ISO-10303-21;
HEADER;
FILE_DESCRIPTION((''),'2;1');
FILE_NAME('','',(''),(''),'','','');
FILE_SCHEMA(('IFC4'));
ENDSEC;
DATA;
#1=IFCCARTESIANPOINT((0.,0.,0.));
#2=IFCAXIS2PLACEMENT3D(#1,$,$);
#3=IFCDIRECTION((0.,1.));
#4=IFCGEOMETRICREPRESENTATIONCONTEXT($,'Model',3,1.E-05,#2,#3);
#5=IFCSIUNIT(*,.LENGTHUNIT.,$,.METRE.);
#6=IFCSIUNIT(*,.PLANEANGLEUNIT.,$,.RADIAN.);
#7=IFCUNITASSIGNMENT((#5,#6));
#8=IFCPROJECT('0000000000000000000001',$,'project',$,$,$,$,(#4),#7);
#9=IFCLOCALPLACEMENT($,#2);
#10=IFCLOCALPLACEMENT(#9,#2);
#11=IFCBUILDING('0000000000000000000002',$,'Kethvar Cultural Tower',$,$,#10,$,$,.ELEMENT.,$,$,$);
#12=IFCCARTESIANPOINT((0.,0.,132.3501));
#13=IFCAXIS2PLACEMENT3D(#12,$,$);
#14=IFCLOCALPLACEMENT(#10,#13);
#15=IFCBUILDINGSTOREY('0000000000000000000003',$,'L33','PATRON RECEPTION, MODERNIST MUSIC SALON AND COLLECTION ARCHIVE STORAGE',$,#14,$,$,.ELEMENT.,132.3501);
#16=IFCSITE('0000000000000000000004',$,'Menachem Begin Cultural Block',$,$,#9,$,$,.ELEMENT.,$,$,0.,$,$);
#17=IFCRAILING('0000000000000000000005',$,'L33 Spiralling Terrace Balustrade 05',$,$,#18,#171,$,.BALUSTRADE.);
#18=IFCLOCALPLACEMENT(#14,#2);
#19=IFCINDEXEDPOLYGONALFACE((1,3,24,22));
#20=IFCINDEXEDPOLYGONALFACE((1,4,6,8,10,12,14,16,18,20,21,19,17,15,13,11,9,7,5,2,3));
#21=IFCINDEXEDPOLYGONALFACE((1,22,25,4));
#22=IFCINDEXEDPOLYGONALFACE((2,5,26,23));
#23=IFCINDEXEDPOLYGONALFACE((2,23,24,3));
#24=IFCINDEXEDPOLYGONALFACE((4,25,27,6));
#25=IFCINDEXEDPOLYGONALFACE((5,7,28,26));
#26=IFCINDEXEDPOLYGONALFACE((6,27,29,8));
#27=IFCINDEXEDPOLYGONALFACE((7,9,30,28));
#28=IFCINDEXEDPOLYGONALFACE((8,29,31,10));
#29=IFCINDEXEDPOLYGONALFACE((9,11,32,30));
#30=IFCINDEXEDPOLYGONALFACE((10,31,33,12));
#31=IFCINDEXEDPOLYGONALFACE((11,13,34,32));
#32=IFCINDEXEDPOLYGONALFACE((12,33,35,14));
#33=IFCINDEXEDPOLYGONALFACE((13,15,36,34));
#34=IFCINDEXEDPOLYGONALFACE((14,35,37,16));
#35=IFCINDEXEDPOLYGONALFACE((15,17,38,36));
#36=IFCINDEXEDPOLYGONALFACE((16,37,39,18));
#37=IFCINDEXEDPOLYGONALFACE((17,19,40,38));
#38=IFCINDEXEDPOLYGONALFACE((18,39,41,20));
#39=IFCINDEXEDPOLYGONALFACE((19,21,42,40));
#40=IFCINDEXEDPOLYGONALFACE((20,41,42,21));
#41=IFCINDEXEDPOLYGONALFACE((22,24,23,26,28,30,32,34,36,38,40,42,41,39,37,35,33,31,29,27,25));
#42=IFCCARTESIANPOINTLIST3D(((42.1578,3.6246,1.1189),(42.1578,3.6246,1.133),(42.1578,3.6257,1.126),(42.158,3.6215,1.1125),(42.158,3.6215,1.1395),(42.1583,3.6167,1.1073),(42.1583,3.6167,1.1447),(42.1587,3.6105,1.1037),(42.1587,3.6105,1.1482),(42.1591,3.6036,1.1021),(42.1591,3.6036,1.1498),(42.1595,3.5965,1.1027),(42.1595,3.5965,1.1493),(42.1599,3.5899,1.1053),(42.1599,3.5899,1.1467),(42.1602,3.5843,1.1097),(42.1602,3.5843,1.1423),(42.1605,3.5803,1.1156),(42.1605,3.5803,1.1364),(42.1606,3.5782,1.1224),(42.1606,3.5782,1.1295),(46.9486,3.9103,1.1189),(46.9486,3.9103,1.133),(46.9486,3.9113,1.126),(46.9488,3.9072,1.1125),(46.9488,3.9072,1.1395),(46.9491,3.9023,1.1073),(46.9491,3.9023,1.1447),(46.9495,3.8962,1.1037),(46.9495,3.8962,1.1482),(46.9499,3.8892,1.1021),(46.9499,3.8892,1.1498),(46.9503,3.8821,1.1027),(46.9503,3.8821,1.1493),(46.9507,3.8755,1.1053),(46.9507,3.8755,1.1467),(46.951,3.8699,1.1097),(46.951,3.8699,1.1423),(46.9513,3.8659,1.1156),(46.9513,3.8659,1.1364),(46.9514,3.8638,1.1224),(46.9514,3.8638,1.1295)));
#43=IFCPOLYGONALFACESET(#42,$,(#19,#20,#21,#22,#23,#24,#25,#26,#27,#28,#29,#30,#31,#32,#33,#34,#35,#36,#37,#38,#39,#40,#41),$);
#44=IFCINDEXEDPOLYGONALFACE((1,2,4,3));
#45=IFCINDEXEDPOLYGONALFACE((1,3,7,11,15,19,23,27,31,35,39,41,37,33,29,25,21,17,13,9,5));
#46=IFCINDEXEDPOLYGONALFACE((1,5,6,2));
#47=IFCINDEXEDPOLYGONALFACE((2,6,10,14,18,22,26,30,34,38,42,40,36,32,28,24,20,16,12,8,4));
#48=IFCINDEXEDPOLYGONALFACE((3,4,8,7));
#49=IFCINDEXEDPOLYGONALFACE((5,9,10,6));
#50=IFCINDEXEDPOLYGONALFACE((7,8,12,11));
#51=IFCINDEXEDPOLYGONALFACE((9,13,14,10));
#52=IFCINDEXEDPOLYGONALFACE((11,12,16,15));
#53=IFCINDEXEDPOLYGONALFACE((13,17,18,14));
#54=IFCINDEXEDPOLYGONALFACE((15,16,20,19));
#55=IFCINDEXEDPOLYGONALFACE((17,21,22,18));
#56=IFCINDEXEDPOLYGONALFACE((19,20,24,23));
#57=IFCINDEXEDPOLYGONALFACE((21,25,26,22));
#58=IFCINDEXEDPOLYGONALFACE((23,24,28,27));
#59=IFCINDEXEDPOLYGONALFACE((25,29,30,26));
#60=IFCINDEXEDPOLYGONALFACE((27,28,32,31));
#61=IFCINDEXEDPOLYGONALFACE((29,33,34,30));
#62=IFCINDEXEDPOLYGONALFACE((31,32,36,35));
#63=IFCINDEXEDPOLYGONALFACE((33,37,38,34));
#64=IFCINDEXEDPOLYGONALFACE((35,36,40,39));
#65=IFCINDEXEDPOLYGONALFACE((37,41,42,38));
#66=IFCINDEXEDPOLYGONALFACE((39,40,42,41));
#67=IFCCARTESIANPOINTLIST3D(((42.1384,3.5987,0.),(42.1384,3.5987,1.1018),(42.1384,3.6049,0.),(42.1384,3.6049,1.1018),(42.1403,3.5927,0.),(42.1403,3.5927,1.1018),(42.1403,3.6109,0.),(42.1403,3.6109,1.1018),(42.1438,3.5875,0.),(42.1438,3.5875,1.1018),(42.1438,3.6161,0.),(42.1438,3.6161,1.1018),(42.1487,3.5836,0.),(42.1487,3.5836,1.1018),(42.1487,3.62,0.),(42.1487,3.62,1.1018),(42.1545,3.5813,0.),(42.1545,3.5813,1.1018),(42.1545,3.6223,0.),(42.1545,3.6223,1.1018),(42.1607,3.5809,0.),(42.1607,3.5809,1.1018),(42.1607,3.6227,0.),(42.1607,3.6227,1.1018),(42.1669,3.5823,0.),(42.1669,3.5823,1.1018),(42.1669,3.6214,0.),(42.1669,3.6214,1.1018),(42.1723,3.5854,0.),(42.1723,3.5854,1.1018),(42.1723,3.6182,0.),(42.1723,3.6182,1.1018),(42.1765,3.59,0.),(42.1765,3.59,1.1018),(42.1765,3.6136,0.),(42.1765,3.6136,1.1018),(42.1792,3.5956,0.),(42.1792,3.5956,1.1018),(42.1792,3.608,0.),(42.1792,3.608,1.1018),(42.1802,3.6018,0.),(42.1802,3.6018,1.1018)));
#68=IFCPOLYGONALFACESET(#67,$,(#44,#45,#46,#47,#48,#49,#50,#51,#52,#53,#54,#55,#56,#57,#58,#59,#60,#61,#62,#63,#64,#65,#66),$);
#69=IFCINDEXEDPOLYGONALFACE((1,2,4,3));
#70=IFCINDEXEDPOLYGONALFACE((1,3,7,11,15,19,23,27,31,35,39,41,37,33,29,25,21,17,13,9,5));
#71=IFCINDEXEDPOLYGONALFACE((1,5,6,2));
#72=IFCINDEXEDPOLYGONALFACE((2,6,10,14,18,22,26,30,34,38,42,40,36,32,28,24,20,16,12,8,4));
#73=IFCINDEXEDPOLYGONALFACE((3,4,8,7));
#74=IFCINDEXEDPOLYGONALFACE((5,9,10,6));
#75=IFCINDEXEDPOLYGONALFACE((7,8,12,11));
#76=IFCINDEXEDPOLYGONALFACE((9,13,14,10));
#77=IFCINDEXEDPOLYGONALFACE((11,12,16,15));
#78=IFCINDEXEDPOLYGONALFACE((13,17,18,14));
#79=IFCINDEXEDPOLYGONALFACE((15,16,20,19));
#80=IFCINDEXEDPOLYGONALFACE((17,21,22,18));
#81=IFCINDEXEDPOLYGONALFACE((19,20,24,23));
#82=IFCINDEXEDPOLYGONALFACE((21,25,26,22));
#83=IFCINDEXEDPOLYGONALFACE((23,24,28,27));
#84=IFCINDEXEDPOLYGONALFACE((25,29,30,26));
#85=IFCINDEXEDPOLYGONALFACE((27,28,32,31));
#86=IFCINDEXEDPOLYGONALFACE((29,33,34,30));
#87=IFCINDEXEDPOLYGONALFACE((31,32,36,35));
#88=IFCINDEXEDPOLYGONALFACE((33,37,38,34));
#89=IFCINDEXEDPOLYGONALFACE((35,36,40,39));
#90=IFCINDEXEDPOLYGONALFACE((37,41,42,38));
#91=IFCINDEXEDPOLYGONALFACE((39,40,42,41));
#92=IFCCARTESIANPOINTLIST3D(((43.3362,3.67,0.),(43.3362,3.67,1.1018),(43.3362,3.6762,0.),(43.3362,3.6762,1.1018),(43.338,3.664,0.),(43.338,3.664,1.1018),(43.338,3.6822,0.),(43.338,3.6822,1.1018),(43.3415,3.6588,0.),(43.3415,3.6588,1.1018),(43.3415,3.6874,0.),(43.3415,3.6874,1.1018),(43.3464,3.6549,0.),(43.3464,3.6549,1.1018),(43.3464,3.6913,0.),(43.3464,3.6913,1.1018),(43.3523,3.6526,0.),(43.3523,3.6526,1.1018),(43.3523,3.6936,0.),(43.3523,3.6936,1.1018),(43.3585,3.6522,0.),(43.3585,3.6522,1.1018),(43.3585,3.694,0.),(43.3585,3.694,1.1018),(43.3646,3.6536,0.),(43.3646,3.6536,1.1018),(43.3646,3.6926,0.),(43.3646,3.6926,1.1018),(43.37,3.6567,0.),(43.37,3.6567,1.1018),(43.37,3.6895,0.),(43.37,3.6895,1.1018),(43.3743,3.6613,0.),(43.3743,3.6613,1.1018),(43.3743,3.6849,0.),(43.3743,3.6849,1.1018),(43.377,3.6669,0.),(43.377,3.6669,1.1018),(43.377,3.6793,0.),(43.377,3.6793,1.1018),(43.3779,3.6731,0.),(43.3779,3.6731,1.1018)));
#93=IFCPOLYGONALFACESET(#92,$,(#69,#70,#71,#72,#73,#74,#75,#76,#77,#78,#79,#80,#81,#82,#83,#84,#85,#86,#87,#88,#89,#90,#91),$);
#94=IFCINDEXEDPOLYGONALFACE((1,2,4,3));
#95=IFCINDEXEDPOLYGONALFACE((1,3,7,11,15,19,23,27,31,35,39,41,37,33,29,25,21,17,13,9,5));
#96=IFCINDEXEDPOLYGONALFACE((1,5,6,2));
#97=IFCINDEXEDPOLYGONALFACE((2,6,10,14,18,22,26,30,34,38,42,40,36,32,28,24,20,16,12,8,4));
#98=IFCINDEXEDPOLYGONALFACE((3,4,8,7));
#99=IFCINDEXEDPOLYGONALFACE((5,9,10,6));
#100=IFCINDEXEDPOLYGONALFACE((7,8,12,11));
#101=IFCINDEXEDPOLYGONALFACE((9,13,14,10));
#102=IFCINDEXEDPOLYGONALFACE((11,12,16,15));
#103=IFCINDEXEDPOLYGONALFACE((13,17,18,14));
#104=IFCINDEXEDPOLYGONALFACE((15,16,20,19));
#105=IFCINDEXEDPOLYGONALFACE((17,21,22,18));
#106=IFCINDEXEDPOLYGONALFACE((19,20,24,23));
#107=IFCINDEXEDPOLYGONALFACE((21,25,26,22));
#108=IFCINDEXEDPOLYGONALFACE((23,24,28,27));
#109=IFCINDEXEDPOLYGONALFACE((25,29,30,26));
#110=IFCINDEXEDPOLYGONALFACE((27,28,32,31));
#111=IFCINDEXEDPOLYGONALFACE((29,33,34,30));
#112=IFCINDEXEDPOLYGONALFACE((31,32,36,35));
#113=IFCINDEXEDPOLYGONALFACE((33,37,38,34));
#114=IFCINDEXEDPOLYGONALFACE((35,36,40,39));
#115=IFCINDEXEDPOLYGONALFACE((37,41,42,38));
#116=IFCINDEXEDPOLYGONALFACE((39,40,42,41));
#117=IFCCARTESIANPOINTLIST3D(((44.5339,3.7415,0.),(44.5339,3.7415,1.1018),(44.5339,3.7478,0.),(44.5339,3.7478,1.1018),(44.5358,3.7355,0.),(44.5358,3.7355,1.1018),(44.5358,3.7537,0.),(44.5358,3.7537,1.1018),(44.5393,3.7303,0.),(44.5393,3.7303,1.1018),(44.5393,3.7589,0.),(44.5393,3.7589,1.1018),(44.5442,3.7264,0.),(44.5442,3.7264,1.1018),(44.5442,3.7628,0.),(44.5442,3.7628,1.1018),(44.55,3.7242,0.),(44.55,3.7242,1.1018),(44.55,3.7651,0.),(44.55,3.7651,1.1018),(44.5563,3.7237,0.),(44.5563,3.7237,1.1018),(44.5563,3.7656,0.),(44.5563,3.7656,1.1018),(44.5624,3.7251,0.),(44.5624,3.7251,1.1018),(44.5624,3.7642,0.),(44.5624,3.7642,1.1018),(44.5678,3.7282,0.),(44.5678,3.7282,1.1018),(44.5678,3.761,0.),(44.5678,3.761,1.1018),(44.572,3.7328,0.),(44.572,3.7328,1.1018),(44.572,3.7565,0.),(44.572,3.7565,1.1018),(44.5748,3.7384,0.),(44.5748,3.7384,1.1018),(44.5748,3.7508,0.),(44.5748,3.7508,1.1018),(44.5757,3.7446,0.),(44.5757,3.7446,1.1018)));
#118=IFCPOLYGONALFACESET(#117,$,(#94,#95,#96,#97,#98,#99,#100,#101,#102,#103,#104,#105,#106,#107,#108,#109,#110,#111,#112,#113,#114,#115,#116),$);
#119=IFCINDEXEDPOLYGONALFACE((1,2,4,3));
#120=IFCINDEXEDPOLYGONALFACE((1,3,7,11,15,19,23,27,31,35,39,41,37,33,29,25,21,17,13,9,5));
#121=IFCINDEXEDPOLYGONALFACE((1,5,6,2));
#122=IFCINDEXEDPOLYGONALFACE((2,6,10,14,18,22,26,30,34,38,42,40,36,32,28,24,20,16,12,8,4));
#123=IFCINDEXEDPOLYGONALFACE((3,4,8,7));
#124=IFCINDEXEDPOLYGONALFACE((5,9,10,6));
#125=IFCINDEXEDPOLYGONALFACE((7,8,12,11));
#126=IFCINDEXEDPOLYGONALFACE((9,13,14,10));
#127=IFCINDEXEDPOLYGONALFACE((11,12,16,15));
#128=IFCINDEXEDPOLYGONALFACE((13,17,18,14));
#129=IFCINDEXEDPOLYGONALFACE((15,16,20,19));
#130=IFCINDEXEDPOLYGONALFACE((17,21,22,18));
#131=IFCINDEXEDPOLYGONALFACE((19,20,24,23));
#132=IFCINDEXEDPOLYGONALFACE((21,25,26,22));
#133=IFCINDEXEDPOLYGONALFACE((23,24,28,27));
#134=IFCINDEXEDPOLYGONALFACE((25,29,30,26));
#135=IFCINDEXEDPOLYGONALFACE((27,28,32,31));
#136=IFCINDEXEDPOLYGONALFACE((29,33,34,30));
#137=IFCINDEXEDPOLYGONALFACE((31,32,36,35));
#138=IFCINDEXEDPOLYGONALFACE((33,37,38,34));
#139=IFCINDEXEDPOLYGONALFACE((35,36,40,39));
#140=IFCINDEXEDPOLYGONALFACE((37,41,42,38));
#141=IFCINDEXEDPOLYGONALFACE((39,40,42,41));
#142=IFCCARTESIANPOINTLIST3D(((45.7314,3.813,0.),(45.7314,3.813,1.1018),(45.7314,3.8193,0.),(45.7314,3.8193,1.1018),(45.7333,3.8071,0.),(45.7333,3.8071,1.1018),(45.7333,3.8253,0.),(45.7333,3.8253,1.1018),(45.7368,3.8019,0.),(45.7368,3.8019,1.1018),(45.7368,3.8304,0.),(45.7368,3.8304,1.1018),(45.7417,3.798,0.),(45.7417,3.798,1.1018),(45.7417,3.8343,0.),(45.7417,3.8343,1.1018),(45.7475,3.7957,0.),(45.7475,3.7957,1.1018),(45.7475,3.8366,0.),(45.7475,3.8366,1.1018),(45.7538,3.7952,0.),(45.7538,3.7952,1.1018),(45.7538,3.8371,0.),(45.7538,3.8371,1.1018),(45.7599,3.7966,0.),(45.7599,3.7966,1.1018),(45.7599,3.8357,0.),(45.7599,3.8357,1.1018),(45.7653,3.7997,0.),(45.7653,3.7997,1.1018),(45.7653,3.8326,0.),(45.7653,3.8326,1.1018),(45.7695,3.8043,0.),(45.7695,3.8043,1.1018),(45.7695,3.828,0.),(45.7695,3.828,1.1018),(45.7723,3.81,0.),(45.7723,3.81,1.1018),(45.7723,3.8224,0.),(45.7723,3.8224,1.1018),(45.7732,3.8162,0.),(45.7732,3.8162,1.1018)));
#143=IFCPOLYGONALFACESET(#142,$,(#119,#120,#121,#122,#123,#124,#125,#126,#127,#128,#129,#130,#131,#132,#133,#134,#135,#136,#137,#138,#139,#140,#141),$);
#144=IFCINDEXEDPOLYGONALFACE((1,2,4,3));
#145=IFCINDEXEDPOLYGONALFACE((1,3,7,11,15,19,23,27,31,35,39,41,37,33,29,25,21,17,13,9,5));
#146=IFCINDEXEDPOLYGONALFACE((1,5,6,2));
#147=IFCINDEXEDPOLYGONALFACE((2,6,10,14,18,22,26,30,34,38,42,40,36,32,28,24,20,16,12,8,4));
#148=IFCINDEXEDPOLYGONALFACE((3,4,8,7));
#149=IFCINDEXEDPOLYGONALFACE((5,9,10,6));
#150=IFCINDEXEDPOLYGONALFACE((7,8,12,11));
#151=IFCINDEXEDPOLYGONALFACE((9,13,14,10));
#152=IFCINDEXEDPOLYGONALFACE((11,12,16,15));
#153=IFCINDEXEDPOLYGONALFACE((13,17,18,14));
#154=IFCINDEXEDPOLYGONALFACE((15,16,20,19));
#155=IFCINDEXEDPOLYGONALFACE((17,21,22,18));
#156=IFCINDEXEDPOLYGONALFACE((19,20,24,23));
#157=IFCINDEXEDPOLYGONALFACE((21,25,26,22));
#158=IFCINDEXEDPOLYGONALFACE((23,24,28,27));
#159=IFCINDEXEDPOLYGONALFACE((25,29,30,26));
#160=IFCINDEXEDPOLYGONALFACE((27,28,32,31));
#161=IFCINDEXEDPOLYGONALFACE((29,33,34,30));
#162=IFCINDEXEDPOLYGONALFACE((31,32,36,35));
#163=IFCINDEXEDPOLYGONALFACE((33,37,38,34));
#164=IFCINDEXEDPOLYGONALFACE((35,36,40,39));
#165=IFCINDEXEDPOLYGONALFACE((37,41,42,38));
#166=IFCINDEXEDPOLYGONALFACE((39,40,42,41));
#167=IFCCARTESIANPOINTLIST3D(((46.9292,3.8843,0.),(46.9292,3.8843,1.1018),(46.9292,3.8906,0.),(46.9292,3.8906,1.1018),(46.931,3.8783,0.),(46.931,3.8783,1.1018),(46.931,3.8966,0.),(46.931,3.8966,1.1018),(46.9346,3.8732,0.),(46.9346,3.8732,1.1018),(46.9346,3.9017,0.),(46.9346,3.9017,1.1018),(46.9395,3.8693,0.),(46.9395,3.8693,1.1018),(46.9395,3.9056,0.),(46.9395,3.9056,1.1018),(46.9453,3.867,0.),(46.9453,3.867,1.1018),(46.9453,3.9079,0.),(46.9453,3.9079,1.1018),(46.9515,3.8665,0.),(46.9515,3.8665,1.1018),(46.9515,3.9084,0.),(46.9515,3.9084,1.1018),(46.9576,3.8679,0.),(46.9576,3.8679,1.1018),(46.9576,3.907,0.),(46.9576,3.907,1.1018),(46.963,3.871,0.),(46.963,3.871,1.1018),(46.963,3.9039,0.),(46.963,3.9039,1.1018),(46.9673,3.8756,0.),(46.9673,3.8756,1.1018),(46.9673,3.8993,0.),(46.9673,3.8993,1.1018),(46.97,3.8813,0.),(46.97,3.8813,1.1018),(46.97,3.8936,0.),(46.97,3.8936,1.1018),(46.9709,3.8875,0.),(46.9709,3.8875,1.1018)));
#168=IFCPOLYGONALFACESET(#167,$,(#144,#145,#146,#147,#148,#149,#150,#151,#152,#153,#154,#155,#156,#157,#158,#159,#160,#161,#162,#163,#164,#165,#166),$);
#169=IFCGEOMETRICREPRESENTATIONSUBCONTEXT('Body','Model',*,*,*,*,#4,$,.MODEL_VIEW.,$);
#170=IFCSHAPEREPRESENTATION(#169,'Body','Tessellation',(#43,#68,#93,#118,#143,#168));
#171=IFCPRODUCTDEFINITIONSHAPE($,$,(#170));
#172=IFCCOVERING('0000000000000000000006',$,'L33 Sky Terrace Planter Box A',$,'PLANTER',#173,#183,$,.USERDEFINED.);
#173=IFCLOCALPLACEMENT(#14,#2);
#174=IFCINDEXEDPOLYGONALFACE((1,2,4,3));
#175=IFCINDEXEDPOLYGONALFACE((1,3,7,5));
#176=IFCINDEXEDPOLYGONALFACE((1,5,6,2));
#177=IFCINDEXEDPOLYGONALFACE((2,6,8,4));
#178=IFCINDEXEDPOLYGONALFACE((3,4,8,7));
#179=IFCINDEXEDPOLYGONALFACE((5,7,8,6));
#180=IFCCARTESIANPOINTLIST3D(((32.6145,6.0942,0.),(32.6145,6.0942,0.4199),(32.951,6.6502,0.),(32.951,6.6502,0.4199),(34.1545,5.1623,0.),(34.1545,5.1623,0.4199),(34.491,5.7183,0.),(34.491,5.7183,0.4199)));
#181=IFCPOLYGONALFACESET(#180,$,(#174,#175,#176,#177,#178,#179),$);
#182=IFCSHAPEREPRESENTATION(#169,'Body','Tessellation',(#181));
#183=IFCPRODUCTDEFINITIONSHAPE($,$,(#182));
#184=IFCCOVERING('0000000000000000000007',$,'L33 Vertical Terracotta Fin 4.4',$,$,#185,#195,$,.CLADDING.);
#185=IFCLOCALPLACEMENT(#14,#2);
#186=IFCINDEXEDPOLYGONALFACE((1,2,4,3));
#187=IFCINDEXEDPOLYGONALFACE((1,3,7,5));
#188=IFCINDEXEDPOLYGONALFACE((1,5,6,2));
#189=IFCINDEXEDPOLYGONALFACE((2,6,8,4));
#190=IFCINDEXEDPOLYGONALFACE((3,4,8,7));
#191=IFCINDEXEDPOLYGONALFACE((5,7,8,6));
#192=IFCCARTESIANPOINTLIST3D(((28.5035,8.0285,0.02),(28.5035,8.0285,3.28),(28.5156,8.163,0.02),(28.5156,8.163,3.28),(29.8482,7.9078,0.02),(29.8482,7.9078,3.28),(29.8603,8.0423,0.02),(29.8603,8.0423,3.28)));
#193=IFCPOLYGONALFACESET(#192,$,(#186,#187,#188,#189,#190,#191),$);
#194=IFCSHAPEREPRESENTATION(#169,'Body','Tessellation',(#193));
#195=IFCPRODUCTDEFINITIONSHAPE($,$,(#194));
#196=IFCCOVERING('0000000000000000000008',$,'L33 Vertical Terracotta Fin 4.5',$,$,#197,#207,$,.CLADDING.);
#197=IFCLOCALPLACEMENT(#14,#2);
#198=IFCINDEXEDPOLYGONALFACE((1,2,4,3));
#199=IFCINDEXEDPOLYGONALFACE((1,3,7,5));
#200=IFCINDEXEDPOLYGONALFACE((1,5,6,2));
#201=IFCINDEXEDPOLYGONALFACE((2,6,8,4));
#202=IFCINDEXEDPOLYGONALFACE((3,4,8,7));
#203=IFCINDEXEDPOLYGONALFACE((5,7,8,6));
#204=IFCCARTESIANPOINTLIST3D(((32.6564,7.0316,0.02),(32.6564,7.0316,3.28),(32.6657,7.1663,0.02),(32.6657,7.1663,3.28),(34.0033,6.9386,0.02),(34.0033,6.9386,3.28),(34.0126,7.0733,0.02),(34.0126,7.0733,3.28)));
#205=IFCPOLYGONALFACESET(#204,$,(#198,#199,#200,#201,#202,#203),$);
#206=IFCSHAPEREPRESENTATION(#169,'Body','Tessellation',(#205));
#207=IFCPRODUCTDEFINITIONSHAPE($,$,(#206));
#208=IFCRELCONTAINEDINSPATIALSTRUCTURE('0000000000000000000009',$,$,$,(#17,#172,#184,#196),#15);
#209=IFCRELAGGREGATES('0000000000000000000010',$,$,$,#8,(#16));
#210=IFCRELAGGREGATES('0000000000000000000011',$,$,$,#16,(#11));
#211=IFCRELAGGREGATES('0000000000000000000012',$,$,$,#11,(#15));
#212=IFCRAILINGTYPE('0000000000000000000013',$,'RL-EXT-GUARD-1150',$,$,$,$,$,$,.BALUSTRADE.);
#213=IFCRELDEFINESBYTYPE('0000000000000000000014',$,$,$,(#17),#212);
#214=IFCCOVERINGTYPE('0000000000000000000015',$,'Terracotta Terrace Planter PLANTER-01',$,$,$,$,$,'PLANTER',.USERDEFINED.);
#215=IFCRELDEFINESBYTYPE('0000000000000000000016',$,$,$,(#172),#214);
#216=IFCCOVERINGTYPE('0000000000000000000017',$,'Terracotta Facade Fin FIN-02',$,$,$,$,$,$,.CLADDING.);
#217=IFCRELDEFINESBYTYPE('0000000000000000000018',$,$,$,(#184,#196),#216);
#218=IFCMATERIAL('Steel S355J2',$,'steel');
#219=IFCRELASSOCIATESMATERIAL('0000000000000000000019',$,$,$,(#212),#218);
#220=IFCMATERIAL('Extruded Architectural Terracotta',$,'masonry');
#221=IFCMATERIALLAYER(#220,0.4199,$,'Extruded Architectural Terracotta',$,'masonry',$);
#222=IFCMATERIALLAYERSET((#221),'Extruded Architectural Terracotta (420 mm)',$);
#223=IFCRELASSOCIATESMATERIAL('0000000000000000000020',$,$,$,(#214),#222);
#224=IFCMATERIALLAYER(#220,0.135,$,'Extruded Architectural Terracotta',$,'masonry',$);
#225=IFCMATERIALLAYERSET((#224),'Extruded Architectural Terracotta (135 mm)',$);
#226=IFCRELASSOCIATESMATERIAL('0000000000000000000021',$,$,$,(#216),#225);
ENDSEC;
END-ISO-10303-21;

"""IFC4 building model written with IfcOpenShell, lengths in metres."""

from ifc_helpers import new_model, si_unit, direction, frame, origin, origin_2d, place, context, subcontext, project, spatial, rectangle, circle, extrude, source, transform, mapped, material, layer, layer_set, type_object, element, save


model = new_model("IFC4")

# Units and contexts
model_context = context("Model", 3, precision=1e-05, world=origin(), true_north=direction((0.0, 1.0)))
body_context = subcontext(model_context, "Body", "Model", "MODEL_VIEW")
ifc_project = project(units=[si_unit("LENGTHUNIT", "METRE"), si_unit("PLANEANGLEUNIT", "RADIAN")], contexts=[model_context])

# Site, building, storey
site_placement = place(None, origin())
site = spatial("IfcSite", under=ifc_project, at=site_placement, Name="Menachem Begin Cultural Block", CompositionType="ELEMENT", RefElevation=0.0)
building_placement = place(site_placement, origin())
building = spatial("IfcBuilding", under=site, at=building_placement, Name="Kethvar Cultural Tower", CompositionType="ELEMENT")
storey_placement = place(building_placement, frame((0.0, 0.0, 132.3501)))
storey = spatial("IfcBuildingStorey", under=building, at=storey_placement, Name="L33", Description="PATRON RECEPTION, MODERNIST MUSIC SALON AND COLLECTION ARCHIVE STORAGE", CompositionType="ELEMENT", Elevation=132.3501)

# Shared definitions
ifc_material_1 = material(Name="Steel S355J2", Category="steel")

# Railing
railing_type = type_object("IfcRailingType", Name="RL-EXT-GUARD-1150", PredefinedType="BALUSTRADE", material=ifc_material_1)
railing_1_placement = place(storey_placement, frame((42.1592, 3.6018, 0.0)))
element("IfcRailing", 1, at=railing_1_placement, inside=storey, type_object=railing_type, Name="L33 Spiralling Terrace Balustrade 05", PredefinedType="BALUSTRADE", context=body_context, shape_type="SweptSolid", body=[
    extrude(circle(Radius=0.0239, at=origin_2d()), frame((0.0, 0.0, 1.126), z_axis=(0.998227, 0.059518, 0.0), x_axis=(-0.059518, 0.998227, 0.0)), (0.0, 0.0, 1.0), 4.7993),
    extrude(circle(Radius=0.021, at=origin_2d()), origin(), (0.0, 0.0, 1.0), 1.1018),
    extrude(circle(Radius=0.021, at=origin_2d()), frame((1.1978, 0.0713, 0.0)), (0.0, 0.0, 1.0), 1.1018),
    extrude(circle(Radius=0.021, at=origin_2d()), frame((2.3955, 0.1428, 0.0)), (0.0, 0.0, 1.0), 1.1018),
    extrude(circle(Radius=0.021, at=origin_2d()), frame((3.593, 0.2144, 0.0)), (0.0, 0.0, 1.0), 1.1018),
    extrude(circle(Radius=0.021, at=origin_2d()), frame((4.7908, 0.2856, 0.0)), (0.0, 0.0, 1.0), 1.1018),
])

# Coverings
ifc_material_2 = material(Name="Extruded Architectural Terracotta", Category="masonry")
ifc_layer_1 = layer(ifc_material_2, 0.4199, Name="Extruded Architectural Terracotta", Category="masonry")
ifc_layer_set_1 = layer_set([ifc_layer_1], Name="Extruded Architectural Terracotta (420 mm)")
covering_type_1 = type_object("IfcCoveringType", Name="Terracotta Terrace Planter PLANTER-01", ElementType="PLANTER", PredefinedType="USERDEFINED", material=ifc_layer_set_1)
shared_shape_1 = source(origin(), body_context, "Body", "SweptSolid", [
    extrude(rectangle(XDim=1.8, YDim=0.6499, at=origin_2d()), origin(), (0.0, 0.0, 1.0), 0.4199),
])
covering_placement = place(storey_placement, frame((33.5527, 5.9062, 0.0), z_axis=(0.0, 0.0, 1.0), x_axis=(0.855545, -0.517728, 0.0)))
element("IfcCovering", 2, at=covering_placement, inside=storey, type_object=covering_type_1, Name="L33 Sky Terrace Planter Box A", ObjectType="PLANTER", PredefinedType="USERDEFINED", context=body_context, shape_type="MappedRepresentation", body=[
    mapped(shared_shape_1, transform((0.0, 0.0, 0.0), scale=1.0)),
])
ifc_layer_2 = layer(ifc_material_2, 0.135, Name="Extruded Architectural Terracotta", Category="masonry")
ifc_layer_set_2 = layer_set([ifc_layer_2], Name="Extruded Architectural Terracotta (135 mm)")
covering_type_2 = type_object("IfcCoveringType", Name="Terracotta Facade Fin FIN-02", PredefinedType="CLADDING", material=ifc_layer_set_2)
shared_shape_2 = source(origin(), body_context, "Body", "SweptSolid", [
    extrude(rectangle(XDim=1.3501, YDim=0.135, at=origin_2d()), origin(), (0.0, 0.0, 1.0), 3.26),
])
for number, where, z_axis, x_axis, name in (
    (3, (29.1819, 8.0354, 0.02), (0.0, 0.0, 1.0), (-0.995994, 0.089416, 0.0), "L33 Vertical Terracotta Fin 4.4"),
    (4, (33.3345, 7.0525, 0.02), (0.0, 0.0, 1.0), (-0.997625, 0.068886, 0.0), "L33 Vertical Terracotta Fin 4.5"),
):
    element("IfcCovering", number, at=place(storey_placement, frame(where, z_axis=z_axis, x_axis=x_axis)), inside=storey, type_object=covering_type_2, Name=name, PredefinedType="CLADDING", context=body_context, shape_type="MappedRepresentation", body=[
        mapped(shared_shape_2, transform((0.0, 0.0, 0.0), scale=1.0)),
    ])

save(model, "model.ifc")
